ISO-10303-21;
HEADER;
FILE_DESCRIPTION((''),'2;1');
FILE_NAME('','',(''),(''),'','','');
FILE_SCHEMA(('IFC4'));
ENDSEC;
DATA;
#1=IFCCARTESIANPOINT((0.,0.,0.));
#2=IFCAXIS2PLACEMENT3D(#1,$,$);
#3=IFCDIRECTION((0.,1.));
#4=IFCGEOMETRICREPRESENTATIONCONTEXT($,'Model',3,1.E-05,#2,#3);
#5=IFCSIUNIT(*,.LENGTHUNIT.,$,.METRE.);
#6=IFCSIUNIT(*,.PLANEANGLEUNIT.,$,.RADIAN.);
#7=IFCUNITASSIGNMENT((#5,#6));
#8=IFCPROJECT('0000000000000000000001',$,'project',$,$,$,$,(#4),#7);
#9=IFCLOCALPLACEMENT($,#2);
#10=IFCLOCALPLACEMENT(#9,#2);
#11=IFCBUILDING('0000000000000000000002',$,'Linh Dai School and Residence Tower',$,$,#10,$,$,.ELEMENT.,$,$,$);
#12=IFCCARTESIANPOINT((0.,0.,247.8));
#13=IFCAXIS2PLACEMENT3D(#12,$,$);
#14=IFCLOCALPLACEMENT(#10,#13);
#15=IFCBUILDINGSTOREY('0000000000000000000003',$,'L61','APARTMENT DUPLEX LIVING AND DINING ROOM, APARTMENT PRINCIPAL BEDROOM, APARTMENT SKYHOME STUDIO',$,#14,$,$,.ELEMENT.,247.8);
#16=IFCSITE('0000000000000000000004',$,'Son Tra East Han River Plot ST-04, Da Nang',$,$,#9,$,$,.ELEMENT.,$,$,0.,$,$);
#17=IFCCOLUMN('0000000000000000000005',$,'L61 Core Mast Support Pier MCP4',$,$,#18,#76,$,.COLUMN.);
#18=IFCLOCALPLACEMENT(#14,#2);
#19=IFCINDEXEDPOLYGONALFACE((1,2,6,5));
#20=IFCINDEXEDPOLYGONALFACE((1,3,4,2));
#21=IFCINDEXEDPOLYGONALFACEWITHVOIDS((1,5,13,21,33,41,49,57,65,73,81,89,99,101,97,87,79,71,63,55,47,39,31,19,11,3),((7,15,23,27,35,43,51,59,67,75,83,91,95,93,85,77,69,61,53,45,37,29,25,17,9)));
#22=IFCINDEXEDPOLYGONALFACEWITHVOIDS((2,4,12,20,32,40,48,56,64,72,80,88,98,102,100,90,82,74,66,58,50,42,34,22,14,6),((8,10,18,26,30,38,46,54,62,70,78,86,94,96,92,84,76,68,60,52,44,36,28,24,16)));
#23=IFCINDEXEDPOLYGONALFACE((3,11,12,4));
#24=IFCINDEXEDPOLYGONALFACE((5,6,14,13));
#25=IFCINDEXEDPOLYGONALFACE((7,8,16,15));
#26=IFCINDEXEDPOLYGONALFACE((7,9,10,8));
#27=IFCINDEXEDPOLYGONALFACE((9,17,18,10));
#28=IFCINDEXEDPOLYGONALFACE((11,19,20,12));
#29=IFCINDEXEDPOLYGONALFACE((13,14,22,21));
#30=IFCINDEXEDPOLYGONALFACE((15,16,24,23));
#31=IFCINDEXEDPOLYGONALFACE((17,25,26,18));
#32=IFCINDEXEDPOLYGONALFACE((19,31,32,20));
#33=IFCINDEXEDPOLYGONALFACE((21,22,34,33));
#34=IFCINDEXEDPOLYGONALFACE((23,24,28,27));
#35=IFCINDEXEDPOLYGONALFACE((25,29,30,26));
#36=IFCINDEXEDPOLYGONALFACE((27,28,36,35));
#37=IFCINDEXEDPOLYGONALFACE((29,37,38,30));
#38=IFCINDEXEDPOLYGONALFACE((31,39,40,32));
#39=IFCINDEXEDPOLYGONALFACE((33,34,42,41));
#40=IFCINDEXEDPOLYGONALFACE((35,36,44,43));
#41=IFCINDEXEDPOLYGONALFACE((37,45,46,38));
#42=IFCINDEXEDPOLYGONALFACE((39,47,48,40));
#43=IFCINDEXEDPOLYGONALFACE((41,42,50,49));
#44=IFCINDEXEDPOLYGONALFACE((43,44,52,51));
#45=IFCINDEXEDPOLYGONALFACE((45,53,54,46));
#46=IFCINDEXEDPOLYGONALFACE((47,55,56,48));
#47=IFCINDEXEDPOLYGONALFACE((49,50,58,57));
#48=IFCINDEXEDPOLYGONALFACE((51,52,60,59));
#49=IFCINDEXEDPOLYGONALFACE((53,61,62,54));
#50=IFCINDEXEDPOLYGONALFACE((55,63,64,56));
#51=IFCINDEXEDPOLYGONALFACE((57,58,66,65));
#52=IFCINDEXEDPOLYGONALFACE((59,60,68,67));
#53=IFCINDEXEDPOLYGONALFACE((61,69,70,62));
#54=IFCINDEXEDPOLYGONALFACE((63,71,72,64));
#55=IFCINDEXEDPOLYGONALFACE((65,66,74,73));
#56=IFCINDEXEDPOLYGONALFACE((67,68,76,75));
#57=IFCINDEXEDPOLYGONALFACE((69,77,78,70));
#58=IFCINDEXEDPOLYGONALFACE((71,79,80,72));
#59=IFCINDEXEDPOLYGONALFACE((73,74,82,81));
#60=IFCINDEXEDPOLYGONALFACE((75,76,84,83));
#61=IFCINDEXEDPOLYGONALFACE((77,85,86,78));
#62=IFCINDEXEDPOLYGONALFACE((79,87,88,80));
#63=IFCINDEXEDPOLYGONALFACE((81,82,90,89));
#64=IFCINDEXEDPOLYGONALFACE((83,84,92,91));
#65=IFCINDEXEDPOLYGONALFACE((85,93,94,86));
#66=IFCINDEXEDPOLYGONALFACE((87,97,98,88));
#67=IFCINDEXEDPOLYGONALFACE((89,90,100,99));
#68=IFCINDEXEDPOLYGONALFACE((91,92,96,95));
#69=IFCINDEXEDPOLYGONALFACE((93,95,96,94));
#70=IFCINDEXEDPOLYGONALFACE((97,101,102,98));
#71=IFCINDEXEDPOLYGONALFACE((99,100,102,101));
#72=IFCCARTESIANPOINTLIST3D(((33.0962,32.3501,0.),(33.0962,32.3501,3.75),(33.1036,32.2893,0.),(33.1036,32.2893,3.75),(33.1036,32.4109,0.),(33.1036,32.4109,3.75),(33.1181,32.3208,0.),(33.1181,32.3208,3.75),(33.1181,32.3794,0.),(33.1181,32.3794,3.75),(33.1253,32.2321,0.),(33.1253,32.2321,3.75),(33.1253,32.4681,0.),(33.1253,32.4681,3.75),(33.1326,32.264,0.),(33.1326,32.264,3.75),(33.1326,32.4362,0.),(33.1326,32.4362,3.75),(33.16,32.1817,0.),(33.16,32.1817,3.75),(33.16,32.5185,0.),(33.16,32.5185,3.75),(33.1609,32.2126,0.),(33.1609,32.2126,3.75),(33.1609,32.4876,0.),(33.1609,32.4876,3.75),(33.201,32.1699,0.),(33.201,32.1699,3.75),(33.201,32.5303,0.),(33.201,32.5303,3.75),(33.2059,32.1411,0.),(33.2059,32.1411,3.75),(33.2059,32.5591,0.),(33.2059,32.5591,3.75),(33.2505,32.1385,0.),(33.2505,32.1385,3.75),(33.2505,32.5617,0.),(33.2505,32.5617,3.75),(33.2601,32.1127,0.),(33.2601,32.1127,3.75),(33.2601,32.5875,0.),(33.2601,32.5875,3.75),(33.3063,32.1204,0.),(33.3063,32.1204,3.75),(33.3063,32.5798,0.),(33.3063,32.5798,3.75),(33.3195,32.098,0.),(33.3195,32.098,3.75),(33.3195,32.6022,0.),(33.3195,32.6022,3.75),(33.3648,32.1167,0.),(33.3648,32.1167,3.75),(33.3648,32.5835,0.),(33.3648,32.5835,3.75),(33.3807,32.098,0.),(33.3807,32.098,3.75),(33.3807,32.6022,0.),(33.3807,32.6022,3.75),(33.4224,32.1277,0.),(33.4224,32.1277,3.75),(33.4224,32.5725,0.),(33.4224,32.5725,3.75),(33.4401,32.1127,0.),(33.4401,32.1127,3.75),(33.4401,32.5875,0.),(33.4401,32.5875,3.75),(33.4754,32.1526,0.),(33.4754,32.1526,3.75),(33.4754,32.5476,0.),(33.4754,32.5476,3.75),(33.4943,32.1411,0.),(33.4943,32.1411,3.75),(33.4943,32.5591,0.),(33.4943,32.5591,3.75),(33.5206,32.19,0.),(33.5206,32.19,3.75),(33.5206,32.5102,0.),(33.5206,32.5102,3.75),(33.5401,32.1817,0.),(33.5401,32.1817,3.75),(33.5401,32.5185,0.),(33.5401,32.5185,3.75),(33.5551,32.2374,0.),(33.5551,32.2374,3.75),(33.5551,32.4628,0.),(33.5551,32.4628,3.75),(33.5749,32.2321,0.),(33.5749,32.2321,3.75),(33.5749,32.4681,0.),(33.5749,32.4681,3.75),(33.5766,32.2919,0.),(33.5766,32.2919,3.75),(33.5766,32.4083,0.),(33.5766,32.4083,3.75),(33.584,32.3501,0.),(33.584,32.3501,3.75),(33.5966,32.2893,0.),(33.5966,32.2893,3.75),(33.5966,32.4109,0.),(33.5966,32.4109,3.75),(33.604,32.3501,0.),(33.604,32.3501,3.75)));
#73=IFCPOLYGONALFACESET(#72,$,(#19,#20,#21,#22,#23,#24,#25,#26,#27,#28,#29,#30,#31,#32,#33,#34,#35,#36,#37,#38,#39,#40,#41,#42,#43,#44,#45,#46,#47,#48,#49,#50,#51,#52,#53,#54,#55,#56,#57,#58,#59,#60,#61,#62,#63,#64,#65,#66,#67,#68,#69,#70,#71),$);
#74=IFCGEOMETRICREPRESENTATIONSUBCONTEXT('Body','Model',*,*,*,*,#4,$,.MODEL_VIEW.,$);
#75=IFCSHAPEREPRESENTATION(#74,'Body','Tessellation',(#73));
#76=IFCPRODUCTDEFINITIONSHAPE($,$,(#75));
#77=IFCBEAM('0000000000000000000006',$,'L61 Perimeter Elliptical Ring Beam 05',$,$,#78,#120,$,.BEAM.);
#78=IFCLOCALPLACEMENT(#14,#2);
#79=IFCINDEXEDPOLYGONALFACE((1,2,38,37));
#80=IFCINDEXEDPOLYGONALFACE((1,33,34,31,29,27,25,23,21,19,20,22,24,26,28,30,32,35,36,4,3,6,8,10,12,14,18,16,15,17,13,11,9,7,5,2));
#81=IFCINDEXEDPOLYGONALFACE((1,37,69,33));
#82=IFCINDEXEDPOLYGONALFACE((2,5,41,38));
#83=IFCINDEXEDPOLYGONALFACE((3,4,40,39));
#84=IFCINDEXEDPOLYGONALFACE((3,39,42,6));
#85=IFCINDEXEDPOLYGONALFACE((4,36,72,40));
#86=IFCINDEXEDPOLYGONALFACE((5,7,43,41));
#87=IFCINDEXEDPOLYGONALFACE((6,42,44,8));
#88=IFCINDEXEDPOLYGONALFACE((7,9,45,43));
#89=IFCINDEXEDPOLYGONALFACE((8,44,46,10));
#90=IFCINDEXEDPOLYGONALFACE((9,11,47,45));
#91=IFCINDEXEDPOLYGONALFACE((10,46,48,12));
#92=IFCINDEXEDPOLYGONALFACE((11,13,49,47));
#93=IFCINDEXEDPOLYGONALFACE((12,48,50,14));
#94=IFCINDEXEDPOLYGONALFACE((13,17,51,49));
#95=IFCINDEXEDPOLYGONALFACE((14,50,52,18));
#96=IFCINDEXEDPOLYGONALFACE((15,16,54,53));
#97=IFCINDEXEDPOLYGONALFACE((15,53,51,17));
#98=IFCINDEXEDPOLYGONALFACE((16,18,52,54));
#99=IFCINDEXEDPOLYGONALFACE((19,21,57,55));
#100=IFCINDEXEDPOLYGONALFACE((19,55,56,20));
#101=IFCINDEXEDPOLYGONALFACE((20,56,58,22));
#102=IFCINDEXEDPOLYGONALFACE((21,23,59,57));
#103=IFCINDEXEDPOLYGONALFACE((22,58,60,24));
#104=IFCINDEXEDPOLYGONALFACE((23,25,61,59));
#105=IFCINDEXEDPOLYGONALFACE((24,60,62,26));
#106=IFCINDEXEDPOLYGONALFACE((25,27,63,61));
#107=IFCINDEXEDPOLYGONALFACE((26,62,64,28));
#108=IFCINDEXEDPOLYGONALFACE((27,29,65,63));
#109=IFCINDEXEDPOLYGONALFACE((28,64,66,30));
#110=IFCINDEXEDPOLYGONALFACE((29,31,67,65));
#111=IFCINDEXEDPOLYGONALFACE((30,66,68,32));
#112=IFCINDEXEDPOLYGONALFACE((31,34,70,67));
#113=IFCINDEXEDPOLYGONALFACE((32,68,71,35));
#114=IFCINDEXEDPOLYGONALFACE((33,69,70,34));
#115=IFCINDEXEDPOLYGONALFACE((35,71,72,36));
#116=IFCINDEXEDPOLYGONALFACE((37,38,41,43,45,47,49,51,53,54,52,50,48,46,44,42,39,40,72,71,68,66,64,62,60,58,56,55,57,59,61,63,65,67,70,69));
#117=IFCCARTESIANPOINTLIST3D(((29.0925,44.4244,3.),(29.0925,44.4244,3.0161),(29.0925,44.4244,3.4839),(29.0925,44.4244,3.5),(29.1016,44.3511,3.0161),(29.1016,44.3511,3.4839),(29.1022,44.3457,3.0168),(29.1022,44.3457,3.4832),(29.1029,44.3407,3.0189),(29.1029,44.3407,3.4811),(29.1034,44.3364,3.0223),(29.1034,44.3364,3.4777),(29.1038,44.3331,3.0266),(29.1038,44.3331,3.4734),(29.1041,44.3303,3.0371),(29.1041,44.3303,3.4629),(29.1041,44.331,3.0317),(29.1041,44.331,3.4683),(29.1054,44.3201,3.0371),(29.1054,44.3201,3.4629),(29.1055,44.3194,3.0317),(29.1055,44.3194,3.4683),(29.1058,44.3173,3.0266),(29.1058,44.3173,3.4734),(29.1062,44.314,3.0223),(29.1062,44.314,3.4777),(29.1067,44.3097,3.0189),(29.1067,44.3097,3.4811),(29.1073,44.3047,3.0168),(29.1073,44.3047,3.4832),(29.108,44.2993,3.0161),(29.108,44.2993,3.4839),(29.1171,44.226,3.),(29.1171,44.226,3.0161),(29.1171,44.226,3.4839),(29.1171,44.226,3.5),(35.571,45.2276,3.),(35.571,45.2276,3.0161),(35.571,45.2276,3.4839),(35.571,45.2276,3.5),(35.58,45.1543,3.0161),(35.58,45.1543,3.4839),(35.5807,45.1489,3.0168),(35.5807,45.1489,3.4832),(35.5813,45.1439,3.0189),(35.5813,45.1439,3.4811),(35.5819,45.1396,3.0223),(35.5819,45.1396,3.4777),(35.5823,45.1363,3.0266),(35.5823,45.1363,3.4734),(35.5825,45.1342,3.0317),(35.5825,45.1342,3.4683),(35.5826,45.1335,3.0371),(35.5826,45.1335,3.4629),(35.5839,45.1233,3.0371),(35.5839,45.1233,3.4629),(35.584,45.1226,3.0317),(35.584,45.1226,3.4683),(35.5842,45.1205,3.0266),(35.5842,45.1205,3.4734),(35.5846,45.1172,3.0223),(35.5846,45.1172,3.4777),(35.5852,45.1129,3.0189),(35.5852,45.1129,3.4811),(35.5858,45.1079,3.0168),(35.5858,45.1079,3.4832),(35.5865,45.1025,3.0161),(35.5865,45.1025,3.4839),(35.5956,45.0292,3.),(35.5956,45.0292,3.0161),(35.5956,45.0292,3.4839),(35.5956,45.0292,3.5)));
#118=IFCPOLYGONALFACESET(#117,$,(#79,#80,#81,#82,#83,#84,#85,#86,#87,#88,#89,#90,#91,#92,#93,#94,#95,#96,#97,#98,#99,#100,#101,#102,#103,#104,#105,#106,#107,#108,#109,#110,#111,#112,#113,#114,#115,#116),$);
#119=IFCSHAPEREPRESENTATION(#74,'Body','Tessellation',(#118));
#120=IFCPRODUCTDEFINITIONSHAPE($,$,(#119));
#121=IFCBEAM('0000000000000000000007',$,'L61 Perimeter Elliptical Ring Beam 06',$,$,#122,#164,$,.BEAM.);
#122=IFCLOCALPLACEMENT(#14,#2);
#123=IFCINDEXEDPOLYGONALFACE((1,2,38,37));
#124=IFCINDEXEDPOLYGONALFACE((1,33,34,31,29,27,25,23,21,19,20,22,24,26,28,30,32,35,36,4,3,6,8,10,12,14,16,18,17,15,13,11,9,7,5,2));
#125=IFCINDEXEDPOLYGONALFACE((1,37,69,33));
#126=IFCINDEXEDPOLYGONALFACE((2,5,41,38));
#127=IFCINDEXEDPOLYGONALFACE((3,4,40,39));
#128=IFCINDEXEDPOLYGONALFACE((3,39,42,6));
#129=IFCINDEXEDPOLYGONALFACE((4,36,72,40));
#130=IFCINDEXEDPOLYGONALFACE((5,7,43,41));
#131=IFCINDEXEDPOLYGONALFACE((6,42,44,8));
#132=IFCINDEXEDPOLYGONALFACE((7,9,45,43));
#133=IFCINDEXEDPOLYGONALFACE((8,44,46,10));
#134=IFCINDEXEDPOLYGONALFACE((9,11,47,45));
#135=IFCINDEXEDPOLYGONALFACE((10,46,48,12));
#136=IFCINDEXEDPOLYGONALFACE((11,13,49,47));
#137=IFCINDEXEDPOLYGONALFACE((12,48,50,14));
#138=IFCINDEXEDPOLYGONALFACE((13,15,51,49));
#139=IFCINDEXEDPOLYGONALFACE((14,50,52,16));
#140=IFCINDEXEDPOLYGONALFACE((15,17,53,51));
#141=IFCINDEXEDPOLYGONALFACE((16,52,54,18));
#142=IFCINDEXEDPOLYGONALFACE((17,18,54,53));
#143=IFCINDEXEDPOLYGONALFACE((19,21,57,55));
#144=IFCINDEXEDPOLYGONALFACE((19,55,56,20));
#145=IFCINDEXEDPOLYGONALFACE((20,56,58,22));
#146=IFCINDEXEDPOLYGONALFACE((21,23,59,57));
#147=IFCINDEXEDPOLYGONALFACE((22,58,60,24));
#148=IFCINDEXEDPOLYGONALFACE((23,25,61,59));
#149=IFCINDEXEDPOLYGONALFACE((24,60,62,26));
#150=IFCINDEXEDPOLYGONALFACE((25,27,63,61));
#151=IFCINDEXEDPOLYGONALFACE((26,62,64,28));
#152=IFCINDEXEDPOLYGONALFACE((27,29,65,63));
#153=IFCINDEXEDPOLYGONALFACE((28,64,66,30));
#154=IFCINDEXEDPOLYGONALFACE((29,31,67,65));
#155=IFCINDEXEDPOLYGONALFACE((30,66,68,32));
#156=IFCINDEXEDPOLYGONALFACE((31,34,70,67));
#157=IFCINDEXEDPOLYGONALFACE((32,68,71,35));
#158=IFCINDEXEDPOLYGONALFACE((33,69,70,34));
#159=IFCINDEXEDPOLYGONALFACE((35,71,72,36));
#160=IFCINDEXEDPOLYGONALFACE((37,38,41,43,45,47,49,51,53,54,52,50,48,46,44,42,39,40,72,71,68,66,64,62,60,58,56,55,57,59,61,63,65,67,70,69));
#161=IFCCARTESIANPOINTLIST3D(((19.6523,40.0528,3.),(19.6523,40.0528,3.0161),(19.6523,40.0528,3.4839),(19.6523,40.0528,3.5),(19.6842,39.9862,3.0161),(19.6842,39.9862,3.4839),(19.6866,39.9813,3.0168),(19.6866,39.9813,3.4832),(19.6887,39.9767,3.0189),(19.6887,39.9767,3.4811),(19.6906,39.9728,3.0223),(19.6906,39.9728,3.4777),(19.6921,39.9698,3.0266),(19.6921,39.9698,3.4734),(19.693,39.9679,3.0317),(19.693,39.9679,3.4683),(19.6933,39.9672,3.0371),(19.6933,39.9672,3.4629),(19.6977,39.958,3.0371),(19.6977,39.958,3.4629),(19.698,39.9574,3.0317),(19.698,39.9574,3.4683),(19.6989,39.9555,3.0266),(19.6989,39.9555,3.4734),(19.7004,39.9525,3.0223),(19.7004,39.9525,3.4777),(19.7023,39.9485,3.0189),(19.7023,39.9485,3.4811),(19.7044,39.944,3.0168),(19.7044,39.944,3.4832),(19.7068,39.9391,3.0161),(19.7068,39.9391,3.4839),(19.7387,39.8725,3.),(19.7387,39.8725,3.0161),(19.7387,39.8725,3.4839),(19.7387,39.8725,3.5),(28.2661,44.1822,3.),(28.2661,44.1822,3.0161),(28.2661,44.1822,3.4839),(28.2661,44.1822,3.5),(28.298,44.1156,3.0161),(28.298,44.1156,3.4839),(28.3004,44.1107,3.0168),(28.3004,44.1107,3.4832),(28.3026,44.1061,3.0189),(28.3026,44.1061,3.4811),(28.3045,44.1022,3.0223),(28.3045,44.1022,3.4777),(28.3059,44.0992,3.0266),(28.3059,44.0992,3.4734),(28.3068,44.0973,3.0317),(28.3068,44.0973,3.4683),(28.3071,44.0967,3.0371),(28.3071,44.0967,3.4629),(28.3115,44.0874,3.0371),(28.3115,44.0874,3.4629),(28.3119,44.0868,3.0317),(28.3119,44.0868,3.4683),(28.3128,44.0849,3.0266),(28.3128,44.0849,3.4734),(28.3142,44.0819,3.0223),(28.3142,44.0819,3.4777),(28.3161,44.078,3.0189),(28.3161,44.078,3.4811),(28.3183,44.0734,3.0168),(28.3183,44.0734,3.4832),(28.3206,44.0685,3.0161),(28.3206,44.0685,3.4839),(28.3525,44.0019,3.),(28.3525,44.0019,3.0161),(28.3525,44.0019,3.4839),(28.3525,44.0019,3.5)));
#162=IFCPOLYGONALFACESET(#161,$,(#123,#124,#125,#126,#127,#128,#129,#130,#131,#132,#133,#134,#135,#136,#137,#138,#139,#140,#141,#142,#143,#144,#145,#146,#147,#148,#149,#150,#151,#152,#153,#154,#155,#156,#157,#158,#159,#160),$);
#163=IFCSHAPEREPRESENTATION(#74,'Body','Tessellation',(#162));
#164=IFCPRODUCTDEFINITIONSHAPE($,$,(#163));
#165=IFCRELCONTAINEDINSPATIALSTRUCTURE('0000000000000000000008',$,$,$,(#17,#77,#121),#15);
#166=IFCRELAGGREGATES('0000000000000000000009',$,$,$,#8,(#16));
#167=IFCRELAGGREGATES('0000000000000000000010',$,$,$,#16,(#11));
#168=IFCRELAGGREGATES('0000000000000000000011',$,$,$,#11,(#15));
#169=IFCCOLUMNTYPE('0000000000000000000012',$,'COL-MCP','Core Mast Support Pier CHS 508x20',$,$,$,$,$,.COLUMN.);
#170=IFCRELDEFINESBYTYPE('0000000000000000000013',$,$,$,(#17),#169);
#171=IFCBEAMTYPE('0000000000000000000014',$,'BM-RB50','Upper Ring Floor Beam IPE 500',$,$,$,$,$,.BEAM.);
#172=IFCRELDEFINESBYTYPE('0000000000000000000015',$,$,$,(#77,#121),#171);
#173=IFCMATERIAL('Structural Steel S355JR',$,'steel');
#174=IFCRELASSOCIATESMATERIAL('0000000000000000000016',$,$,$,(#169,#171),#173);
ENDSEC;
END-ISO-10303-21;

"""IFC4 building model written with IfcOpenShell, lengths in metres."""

from ifc_helpers import new_model, si_unit, direction, frame, origin, origin_2d, place, context, subcontext, project, spatial, hollow_circle, i_section, extrude, material, material_profile, profile_set, type_object, element, save


model = new_model("IFC4")

# Units and contexts
model_context = context("Model", 3, precision=1e-05, world=origin(), true_north=direction((0.0, 1.0)))
body_context = subcontext(model_context, "Body", "Model", "MODEL_VIEW")
ifc_project = project(units=[si_unit("LENGTHUNIT", "METRE"), si_unit("PLANEANGLEUNIT", "RADIAN")], contexts=[model_context])

# Site, building, storey
site_placement = place(None, origin())
site = spatial("IfcSite", under=ifc_project, at=site_placement, Name="Son Tra East Han River Plot ST-04, Da Nang", CompositionType="ELEMENT", RefElevation=0.0)
building_placement = place(site_placement, origin())
building = spatial("IfcBuilding", under=site, at=building_placement, Name="Linh Dai School and Residence Tower", CompositionType="ELEMENT")
storey_placement = place(building_placement, frame((0.0, 0.0, 247.8)))
storey = spatial("IfcBuildingStorey", under=building, at=storey_placement, Name="L61", Description="APARTMENT DUPLEX LIVING AND DINING ROOM, APARTMENT PRINCIPAL BEDROOM, APARTMENT SKYHOME STUDIO", CompositionType="ELEMENT", Elevation=247.8)

# Column
ifc_material_1 = material(Name="Structural Steel S355JR", Category="steel")
ifc_material_profile_1 = material_profile(ifc_material_1, hollow_circle(Radius=0.2539, WallThickness=0.02, at=origin_2d()), Name="CHS 508x20")
ifc_profile_set_1 = profile_set([ifc_material_profile_1], Name="Structural Steel S355JR")
column_type_1 = type_object("IfcColumnType", Name="COL-MCP", Description="Core Mast Support Pier CHS 508x20", PredefinedType="COLUMN", material=ifc_profile_set_1)
column_1_placement = place(storey_placement, frame((33.3501, 32.3501, 0.0), z_axis=(0.0, 0.0, 1.0), x_axis=(1.0, 0.0, 0.0)))
element("IfcColumn", 1, at=column_1_placement, inside=storey, type_object=column_type_1, Name="L61 Core Mast Support Pier MCP4", PredefinedType="COLUMN", context=body_context, shape_type="SweptSolid", body=[
    extrude(hollow_circle(Radius=0.2539, WallThickness=0.02, at=origin_2d()), origin(), (0.0, 0.0, 1.0), 3.75),
])

# Beams
ifc_material_profile_2 = material_profile(ifc_material_1, i_section(OverallWidth=0.2, OverallDepth=0.5, WebThickness=0.0103, FlangeThickness=0.0161, FilletRadius=0.021, at=origin_2d()), Name="IPE 500")
ifc_profile_set_2 = profile_set([ifc_material_profile_2], Name="Structural Steel S355JR")
beam_type_1 = type_object("IfcBeamType", Name="BM-RB50", Description="Upper Ring Floor Beam IPE 500", PredefinedType="BEAM", material=ifc_profile_set_2)
beam_1_placement = place(storey_placement, frame((35.5833, 45.1284, 3.25), z_axis=(-0.992402, -0.12304, 0.0), x_axis=(0.12304, -0.992402, 0.0)))
element("IfcBeam", 2, at=beam_1_placement, inside=storey, type_object=beam_type_1, Name="L61 Perimeter Elliptical Ring Beam 05", PredefinedType="BEAM", context=body_context, shape_type="SweptSolid", body=[
    extrude(i_section(OverallWidth=0.2, OverallDepth=0.5, WebThickness=0.0103, FlangeThickness=0.0161, FilletRadius=0.021, at=origin_2d()), origin(), (0.0, 0.0, 1.0), 6.5281),
])
beam_2_placement = place(storey_placement, frame((28.3093, 44.092, 3.25), z_axis=(-0.901736, -0.432287, 0.0), x_axis=(0.432287, -0.901736, 0.0)))
element("IfcBeam", 3, at=beam_2_placement, inside=storey, type_object=beam_type_1, Name="L61 Perimeter Elliptical Ring Beam 06", PredefinedType="BEAM", context=body_context, shape_type="SweptSolid", body=[
    extrude(i_section(OverallWidth=0.2, OverallDepth=0.5, WebThickness=0.0103, FlangeThickness=0.0161, FilletRadius=0.021, at=origin_2d()), origin(), (0.0, 0.0, 1.0), 9.5525),
])

save(model, "model.ifc")
